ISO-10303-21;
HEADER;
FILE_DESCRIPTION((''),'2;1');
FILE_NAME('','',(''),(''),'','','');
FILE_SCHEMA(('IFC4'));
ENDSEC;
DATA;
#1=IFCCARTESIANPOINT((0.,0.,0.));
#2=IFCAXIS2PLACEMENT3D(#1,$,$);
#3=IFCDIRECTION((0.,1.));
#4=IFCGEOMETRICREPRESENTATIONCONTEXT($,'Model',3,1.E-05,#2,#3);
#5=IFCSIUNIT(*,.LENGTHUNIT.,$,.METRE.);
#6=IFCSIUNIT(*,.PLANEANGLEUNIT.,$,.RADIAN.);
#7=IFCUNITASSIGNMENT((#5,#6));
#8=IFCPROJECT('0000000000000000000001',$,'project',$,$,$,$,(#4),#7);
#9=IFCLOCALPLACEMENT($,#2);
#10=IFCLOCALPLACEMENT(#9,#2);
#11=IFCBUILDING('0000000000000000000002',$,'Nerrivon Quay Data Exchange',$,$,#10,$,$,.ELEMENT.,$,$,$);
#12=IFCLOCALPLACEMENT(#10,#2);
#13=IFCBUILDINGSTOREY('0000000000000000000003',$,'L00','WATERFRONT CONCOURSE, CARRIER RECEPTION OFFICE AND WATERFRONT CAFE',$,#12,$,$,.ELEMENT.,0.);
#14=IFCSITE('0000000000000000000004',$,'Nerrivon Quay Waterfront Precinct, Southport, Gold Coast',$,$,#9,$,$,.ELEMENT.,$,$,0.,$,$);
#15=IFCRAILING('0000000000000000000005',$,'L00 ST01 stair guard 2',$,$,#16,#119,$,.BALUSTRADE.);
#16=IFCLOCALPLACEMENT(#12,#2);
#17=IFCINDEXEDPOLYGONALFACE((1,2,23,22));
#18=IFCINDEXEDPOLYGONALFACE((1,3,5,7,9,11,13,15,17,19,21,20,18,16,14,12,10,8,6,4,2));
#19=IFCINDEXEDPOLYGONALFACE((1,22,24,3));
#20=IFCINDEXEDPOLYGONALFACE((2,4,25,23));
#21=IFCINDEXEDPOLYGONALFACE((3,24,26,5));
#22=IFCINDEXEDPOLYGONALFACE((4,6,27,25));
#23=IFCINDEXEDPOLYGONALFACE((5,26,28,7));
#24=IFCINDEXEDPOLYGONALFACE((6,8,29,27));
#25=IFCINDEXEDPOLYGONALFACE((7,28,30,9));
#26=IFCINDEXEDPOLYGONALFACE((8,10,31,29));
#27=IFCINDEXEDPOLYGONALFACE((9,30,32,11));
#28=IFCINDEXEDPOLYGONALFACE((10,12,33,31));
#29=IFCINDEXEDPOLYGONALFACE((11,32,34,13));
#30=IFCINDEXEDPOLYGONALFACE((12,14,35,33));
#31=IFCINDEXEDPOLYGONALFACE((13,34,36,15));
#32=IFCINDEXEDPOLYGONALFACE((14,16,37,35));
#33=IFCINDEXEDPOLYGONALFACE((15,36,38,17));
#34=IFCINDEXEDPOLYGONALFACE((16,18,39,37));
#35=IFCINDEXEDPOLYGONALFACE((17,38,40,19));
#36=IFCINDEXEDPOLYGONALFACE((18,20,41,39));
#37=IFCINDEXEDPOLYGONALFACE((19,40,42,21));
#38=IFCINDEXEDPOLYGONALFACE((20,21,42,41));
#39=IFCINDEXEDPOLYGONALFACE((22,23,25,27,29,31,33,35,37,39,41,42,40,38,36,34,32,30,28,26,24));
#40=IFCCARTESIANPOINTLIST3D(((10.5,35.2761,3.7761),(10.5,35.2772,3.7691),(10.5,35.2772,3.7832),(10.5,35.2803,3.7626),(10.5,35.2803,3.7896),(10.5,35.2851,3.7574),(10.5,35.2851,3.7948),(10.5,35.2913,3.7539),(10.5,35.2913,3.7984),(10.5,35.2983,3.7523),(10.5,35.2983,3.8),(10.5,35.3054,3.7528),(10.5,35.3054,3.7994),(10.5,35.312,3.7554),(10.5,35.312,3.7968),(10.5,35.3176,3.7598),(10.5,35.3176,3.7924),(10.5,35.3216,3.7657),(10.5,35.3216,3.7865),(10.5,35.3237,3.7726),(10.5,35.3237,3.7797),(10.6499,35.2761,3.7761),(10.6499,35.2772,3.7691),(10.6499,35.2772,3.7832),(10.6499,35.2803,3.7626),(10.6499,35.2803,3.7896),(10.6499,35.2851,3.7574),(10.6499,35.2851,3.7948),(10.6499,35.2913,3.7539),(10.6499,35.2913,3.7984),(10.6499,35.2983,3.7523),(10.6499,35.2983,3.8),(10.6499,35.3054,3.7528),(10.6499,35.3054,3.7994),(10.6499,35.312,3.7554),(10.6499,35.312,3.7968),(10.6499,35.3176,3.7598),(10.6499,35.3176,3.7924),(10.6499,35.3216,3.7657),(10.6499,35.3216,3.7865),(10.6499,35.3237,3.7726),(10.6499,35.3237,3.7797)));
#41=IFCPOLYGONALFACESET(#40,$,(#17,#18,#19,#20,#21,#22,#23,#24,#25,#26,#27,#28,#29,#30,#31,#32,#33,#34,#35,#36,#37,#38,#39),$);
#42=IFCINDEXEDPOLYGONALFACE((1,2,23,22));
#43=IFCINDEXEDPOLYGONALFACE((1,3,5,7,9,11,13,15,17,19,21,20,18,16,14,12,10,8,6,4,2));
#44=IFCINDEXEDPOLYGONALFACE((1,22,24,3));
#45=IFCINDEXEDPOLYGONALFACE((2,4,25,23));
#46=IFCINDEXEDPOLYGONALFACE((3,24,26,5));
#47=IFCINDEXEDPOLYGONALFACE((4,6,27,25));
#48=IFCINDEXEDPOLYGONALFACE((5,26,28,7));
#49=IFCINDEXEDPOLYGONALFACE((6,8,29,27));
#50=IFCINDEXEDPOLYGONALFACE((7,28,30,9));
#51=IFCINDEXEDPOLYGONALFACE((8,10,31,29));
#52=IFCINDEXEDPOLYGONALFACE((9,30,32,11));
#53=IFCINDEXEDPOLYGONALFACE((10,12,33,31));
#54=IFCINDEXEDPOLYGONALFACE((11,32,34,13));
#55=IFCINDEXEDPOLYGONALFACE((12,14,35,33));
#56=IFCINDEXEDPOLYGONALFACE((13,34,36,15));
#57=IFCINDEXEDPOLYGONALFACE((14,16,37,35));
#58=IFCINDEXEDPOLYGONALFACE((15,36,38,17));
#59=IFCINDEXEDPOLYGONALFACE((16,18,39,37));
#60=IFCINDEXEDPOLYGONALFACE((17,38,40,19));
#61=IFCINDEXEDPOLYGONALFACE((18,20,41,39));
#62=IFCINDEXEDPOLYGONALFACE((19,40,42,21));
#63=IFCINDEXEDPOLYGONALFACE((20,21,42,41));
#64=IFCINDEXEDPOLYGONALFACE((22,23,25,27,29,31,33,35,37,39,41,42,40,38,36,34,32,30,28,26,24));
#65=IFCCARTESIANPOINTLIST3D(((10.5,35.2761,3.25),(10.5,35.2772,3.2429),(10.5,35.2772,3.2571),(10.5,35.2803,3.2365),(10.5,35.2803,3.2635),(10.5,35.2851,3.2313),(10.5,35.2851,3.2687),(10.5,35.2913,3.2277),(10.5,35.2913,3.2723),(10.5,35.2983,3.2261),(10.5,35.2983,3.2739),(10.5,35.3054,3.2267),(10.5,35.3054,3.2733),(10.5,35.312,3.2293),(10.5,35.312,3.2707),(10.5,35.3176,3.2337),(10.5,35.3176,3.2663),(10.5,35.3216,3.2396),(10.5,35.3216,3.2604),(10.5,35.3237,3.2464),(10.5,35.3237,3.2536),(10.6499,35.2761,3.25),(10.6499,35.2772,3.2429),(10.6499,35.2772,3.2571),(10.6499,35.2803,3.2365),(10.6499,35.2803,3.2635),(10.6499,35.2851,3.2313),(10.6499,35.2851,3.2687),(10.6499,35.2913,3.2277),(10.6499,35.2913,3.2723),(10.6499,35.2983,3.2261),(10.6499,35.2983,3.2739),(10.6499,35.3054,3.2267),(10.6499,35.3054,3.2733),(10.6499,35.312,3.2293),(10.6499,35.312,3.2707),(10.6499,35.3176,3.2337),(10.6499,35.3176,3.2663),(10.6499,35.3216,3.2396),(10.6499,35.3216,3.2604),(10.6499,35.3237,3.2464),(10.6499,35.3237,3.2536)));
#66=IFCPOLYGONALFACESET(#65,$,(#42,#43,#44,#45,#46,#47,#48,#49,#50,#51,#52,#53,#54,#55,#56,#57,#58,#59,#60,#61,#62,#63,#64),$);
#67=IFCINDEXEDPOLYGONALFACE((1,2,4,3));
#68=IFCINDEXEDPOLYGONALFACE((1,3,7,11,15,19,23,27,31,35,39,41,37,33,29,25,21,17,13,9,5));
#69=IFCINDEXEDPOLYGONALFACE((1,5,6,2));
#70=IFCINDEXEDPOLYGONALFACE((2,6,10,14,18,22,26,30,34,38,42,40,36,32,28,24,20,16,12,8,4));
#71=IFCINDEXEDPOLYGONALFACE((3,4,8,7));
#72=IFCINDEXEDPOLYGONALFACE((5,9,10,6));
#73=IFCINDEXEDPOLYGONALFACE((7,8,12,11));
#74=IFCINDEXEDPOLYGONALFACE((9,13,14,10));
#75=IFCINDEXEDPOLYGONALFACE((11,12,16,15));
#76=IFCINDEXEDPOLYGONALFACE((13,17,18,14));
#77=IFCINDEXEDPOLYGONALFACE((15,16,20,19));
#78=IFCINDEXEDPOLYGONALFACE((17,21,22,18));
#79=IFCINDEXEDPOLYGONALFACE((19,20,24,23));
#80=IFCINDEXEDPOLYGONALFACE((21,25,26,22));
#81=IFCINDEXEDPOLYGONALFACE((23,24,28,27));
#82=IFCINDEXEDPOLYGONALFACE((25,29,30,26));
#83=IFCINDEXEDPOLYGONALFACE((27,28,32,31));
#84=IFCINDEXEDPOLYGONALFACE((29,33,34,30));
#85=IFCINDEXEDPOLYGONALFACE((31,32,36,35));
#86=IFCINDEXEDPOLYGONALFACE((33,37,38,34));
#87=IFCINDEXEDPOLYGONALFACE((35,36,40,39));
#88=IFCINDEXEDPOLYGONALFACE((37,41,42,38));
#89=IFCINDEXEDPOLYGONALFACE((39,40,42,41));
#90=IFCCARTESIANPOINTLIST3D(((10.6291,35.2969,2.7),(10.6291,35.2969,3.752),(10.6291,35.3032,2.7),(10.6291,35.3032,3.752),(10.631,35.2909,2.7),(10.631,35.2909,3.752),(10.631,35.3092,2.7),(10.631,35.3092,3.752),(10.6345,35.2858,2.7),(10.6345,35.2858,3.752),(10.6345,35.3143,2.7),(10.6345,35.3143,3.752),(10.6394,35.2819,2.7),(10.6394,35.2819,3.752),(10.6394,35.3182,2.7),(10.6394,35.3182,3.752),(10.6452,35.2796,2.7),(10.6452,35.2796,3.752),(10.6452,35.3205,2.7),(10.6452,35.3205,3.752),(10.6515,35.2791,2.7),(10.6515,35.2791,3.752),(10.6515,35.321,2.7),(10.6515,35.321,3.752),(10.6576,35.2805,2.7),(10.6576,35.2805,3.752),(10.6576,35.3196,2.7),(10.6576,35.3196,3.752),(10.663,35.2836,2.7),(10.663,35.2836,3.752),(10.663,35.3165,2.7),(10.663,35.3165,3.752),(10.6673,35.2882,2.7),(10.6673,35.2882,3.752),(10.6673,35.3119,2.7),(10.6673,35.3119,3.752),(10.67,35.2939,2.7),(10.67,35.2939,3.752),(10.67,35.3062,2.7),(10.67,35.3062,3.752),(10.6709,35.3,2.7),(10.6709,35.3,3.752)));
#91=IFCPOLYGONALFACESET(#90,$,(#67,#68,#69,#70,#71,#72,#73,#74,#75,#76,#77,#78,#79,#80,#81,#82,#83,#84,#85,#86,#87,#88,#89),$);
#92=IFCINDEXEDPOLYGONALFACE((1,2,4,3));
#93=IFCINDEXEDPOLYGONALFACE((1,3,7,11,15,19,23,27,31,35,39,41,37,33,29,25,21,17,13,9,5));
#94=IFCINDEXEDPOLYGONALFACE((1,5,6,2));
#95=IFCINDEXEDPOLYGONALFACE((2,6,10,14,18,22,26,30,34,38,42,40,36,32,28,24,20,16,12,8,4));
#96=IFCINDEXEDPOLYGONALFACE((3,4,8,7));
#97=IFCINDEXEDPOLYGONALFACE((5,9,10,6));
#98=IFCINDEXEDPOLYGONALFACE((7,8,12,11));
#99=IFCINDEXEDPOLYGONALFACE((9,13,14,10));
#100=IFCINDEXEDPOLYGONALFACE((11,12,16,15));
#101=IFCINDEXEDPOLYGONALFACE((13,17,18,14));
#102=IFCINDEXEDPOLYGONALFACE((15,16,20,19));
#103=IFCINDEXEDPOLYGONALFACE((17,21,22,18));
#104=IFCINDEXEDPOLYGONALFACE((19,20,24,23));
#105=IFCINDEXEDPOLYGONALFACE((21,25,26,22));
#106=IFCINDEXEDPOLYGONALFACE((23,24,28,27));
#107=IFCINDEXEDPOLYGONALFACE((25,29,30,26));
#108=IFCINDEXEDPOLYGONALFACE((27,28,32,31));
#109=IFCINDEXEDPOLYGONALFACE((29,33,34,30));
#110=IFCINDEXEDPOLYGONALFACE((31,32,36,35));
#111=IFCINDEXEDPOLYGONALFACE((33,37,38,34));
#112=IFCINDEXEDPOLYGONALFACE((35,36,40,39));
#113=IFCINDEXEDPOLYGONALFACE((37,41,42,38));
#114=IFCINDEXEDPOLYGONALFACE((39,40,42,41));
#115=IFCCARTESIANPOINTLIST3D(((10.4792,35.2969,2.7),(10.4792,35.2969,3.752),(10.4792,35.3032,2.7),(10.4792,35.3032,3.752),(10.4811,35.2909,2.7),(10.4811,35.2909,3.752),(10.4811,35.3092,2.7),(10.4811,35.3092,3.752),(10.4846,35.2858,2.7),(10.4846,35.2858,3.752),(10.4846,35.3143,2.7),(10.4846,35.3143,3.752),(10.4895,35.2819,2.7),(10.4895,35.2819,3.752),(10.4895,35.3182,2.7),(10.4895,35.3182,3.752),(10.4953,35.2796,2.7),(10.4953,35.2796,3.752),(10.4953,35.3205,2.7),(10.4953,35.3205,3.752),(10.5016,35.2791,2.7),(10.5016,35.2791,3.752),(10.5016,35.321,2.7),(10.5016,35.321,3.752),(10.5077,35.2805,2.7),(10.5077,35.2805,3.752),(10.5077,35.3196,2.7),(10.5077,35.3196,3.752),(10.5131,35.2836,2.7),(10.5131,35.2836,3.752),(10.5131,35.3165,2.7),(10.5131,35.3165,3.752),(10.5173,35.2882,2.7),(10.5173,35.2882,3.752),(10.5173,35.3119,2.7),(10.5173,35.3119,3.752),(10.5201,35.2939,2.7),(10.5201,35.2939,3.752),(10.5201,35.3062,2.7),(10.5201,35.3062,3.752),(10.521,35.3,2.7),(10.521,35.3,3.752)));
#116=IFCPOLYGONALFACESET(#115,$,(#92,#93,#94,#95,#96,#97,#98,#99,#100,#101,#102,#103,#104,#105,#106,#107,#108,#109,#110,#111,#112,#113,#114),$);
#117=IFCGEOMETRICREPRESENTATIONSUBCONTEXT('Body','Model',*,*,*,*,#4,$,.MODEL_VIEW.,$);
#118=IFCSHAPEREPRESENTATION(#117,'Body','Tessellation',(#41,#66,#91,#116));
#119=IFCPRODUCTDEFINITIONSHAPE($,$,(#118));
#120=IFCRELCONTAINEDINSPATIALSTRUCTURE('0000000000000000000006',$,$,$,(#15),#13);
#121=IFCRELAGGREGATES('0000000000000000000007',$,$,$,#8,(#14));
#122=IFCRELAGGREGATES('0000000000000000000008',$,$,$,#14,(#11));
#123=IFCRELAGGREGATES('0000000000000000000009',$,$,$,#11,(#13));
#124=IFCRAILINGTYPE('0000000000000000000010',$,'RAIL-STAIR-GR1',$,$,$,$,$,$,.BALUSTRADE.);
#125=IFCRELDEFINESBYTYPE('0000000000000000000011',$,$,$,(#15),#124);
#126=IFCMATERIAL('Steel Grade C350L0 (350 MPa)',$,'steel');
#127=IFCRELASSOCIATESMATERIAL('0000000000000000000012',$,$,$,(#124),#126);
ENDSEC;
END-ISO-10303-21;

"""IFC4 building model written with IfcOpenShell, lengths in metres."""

from ifc_helpers import new_model, si_unit, direction, frame, origin, origin_2d, place, context, subcontext, project, spatial, circle, extrude, material, type_object, element, save


model = new_model("IFC4")

# Units and contexts
model_context = context("Model", 3, precision=1e-05, world=origin(), true_north=direction((0.0, 1.0)))
body_context = subcontext(model_context, "Body", "Model", "MODEL_VIEW")
ifc_project = project(units=[si_unit("LENGTHUNIT", "METRE"), si_unit("PLANEANGLEUNIT", "RADIAN")], contexts=[model_context])

# Site, building, storey
site_placement = place(None, origin())
site = spatial("IfcSite", under=ifc_project, at=site_placement, Name="Nerrivon Quay Waterfront Precinct, Southport, Gold Coast", CompositionType="ELEMENT", RefElevation=0.0)
building_placement = place(site_placement, origin())
building = spatial("IfcBuilding", under=site, at=building_placement, Name="Nerrivon Quay Data Exchange", CompositionType="ELEMENT")
storey_placement = place(building_placement, origin())
storey = spatial("IfcBuildingStorey", under=building, at=storey_placement, Name="L00", Description="WATERFRONT CONCOURSE, CARRIER RECEPTION OFFICE AND WATERFRONT CAFE", CompositionType="ELEMENT", Elevation=0.0)

# Railing
ifc_material_1 = material(Name="Steel Grade C350L0 (350 MPa)", Category="steel")
railing_type_1 = type_object("IfcRailingType", Name="RAIL-STAIR-GR1", PredefinedType="BALUSTRADE", material=ifc_material_1)
railing_1_placement = place(storey_placement, frame((10.6499, 35.3, 2.7)))
element("IfcRailing", 1, at=railing_1_placement, inside=storey, type_object=railing_type_1, Name="L00 ST01 stair guard 2", PredefinedType="BALUSTRADE", context=body_context, shape_type="SweptSolid", body=[
    extrude(circle(Radius=0.0239, at=origin_2d()), frame((0.0, 0.0, 1.0762), z_axis=(-1.0, 0.0, 0.0), x_axis=(0.0, -1.0, 0.0)), (0.0, 0.0, 1.0), 0.1499),
    extrude(circle(Radius=0.0239, at=origin_2d()), frame((0.0, 0.0, 0.55), z_axis=(-1.0, 0.0, 0.0), x_axis=(0.0, -1.0, 0.0)), (0.0, 0.0, 1.0), 0.1499),
    extrude(circle(Radius=0.021, at=origin_2d()), origin(), (0.0, 0.0, 1.0), 1.052),
    extrude(circle(Radius=0.021, at=origin_2d()), frame((-0.1499, 0.0, 0.0)), (0.0, 0.0, 1.0), 1.052),
])

save(model, "model.ifc")
